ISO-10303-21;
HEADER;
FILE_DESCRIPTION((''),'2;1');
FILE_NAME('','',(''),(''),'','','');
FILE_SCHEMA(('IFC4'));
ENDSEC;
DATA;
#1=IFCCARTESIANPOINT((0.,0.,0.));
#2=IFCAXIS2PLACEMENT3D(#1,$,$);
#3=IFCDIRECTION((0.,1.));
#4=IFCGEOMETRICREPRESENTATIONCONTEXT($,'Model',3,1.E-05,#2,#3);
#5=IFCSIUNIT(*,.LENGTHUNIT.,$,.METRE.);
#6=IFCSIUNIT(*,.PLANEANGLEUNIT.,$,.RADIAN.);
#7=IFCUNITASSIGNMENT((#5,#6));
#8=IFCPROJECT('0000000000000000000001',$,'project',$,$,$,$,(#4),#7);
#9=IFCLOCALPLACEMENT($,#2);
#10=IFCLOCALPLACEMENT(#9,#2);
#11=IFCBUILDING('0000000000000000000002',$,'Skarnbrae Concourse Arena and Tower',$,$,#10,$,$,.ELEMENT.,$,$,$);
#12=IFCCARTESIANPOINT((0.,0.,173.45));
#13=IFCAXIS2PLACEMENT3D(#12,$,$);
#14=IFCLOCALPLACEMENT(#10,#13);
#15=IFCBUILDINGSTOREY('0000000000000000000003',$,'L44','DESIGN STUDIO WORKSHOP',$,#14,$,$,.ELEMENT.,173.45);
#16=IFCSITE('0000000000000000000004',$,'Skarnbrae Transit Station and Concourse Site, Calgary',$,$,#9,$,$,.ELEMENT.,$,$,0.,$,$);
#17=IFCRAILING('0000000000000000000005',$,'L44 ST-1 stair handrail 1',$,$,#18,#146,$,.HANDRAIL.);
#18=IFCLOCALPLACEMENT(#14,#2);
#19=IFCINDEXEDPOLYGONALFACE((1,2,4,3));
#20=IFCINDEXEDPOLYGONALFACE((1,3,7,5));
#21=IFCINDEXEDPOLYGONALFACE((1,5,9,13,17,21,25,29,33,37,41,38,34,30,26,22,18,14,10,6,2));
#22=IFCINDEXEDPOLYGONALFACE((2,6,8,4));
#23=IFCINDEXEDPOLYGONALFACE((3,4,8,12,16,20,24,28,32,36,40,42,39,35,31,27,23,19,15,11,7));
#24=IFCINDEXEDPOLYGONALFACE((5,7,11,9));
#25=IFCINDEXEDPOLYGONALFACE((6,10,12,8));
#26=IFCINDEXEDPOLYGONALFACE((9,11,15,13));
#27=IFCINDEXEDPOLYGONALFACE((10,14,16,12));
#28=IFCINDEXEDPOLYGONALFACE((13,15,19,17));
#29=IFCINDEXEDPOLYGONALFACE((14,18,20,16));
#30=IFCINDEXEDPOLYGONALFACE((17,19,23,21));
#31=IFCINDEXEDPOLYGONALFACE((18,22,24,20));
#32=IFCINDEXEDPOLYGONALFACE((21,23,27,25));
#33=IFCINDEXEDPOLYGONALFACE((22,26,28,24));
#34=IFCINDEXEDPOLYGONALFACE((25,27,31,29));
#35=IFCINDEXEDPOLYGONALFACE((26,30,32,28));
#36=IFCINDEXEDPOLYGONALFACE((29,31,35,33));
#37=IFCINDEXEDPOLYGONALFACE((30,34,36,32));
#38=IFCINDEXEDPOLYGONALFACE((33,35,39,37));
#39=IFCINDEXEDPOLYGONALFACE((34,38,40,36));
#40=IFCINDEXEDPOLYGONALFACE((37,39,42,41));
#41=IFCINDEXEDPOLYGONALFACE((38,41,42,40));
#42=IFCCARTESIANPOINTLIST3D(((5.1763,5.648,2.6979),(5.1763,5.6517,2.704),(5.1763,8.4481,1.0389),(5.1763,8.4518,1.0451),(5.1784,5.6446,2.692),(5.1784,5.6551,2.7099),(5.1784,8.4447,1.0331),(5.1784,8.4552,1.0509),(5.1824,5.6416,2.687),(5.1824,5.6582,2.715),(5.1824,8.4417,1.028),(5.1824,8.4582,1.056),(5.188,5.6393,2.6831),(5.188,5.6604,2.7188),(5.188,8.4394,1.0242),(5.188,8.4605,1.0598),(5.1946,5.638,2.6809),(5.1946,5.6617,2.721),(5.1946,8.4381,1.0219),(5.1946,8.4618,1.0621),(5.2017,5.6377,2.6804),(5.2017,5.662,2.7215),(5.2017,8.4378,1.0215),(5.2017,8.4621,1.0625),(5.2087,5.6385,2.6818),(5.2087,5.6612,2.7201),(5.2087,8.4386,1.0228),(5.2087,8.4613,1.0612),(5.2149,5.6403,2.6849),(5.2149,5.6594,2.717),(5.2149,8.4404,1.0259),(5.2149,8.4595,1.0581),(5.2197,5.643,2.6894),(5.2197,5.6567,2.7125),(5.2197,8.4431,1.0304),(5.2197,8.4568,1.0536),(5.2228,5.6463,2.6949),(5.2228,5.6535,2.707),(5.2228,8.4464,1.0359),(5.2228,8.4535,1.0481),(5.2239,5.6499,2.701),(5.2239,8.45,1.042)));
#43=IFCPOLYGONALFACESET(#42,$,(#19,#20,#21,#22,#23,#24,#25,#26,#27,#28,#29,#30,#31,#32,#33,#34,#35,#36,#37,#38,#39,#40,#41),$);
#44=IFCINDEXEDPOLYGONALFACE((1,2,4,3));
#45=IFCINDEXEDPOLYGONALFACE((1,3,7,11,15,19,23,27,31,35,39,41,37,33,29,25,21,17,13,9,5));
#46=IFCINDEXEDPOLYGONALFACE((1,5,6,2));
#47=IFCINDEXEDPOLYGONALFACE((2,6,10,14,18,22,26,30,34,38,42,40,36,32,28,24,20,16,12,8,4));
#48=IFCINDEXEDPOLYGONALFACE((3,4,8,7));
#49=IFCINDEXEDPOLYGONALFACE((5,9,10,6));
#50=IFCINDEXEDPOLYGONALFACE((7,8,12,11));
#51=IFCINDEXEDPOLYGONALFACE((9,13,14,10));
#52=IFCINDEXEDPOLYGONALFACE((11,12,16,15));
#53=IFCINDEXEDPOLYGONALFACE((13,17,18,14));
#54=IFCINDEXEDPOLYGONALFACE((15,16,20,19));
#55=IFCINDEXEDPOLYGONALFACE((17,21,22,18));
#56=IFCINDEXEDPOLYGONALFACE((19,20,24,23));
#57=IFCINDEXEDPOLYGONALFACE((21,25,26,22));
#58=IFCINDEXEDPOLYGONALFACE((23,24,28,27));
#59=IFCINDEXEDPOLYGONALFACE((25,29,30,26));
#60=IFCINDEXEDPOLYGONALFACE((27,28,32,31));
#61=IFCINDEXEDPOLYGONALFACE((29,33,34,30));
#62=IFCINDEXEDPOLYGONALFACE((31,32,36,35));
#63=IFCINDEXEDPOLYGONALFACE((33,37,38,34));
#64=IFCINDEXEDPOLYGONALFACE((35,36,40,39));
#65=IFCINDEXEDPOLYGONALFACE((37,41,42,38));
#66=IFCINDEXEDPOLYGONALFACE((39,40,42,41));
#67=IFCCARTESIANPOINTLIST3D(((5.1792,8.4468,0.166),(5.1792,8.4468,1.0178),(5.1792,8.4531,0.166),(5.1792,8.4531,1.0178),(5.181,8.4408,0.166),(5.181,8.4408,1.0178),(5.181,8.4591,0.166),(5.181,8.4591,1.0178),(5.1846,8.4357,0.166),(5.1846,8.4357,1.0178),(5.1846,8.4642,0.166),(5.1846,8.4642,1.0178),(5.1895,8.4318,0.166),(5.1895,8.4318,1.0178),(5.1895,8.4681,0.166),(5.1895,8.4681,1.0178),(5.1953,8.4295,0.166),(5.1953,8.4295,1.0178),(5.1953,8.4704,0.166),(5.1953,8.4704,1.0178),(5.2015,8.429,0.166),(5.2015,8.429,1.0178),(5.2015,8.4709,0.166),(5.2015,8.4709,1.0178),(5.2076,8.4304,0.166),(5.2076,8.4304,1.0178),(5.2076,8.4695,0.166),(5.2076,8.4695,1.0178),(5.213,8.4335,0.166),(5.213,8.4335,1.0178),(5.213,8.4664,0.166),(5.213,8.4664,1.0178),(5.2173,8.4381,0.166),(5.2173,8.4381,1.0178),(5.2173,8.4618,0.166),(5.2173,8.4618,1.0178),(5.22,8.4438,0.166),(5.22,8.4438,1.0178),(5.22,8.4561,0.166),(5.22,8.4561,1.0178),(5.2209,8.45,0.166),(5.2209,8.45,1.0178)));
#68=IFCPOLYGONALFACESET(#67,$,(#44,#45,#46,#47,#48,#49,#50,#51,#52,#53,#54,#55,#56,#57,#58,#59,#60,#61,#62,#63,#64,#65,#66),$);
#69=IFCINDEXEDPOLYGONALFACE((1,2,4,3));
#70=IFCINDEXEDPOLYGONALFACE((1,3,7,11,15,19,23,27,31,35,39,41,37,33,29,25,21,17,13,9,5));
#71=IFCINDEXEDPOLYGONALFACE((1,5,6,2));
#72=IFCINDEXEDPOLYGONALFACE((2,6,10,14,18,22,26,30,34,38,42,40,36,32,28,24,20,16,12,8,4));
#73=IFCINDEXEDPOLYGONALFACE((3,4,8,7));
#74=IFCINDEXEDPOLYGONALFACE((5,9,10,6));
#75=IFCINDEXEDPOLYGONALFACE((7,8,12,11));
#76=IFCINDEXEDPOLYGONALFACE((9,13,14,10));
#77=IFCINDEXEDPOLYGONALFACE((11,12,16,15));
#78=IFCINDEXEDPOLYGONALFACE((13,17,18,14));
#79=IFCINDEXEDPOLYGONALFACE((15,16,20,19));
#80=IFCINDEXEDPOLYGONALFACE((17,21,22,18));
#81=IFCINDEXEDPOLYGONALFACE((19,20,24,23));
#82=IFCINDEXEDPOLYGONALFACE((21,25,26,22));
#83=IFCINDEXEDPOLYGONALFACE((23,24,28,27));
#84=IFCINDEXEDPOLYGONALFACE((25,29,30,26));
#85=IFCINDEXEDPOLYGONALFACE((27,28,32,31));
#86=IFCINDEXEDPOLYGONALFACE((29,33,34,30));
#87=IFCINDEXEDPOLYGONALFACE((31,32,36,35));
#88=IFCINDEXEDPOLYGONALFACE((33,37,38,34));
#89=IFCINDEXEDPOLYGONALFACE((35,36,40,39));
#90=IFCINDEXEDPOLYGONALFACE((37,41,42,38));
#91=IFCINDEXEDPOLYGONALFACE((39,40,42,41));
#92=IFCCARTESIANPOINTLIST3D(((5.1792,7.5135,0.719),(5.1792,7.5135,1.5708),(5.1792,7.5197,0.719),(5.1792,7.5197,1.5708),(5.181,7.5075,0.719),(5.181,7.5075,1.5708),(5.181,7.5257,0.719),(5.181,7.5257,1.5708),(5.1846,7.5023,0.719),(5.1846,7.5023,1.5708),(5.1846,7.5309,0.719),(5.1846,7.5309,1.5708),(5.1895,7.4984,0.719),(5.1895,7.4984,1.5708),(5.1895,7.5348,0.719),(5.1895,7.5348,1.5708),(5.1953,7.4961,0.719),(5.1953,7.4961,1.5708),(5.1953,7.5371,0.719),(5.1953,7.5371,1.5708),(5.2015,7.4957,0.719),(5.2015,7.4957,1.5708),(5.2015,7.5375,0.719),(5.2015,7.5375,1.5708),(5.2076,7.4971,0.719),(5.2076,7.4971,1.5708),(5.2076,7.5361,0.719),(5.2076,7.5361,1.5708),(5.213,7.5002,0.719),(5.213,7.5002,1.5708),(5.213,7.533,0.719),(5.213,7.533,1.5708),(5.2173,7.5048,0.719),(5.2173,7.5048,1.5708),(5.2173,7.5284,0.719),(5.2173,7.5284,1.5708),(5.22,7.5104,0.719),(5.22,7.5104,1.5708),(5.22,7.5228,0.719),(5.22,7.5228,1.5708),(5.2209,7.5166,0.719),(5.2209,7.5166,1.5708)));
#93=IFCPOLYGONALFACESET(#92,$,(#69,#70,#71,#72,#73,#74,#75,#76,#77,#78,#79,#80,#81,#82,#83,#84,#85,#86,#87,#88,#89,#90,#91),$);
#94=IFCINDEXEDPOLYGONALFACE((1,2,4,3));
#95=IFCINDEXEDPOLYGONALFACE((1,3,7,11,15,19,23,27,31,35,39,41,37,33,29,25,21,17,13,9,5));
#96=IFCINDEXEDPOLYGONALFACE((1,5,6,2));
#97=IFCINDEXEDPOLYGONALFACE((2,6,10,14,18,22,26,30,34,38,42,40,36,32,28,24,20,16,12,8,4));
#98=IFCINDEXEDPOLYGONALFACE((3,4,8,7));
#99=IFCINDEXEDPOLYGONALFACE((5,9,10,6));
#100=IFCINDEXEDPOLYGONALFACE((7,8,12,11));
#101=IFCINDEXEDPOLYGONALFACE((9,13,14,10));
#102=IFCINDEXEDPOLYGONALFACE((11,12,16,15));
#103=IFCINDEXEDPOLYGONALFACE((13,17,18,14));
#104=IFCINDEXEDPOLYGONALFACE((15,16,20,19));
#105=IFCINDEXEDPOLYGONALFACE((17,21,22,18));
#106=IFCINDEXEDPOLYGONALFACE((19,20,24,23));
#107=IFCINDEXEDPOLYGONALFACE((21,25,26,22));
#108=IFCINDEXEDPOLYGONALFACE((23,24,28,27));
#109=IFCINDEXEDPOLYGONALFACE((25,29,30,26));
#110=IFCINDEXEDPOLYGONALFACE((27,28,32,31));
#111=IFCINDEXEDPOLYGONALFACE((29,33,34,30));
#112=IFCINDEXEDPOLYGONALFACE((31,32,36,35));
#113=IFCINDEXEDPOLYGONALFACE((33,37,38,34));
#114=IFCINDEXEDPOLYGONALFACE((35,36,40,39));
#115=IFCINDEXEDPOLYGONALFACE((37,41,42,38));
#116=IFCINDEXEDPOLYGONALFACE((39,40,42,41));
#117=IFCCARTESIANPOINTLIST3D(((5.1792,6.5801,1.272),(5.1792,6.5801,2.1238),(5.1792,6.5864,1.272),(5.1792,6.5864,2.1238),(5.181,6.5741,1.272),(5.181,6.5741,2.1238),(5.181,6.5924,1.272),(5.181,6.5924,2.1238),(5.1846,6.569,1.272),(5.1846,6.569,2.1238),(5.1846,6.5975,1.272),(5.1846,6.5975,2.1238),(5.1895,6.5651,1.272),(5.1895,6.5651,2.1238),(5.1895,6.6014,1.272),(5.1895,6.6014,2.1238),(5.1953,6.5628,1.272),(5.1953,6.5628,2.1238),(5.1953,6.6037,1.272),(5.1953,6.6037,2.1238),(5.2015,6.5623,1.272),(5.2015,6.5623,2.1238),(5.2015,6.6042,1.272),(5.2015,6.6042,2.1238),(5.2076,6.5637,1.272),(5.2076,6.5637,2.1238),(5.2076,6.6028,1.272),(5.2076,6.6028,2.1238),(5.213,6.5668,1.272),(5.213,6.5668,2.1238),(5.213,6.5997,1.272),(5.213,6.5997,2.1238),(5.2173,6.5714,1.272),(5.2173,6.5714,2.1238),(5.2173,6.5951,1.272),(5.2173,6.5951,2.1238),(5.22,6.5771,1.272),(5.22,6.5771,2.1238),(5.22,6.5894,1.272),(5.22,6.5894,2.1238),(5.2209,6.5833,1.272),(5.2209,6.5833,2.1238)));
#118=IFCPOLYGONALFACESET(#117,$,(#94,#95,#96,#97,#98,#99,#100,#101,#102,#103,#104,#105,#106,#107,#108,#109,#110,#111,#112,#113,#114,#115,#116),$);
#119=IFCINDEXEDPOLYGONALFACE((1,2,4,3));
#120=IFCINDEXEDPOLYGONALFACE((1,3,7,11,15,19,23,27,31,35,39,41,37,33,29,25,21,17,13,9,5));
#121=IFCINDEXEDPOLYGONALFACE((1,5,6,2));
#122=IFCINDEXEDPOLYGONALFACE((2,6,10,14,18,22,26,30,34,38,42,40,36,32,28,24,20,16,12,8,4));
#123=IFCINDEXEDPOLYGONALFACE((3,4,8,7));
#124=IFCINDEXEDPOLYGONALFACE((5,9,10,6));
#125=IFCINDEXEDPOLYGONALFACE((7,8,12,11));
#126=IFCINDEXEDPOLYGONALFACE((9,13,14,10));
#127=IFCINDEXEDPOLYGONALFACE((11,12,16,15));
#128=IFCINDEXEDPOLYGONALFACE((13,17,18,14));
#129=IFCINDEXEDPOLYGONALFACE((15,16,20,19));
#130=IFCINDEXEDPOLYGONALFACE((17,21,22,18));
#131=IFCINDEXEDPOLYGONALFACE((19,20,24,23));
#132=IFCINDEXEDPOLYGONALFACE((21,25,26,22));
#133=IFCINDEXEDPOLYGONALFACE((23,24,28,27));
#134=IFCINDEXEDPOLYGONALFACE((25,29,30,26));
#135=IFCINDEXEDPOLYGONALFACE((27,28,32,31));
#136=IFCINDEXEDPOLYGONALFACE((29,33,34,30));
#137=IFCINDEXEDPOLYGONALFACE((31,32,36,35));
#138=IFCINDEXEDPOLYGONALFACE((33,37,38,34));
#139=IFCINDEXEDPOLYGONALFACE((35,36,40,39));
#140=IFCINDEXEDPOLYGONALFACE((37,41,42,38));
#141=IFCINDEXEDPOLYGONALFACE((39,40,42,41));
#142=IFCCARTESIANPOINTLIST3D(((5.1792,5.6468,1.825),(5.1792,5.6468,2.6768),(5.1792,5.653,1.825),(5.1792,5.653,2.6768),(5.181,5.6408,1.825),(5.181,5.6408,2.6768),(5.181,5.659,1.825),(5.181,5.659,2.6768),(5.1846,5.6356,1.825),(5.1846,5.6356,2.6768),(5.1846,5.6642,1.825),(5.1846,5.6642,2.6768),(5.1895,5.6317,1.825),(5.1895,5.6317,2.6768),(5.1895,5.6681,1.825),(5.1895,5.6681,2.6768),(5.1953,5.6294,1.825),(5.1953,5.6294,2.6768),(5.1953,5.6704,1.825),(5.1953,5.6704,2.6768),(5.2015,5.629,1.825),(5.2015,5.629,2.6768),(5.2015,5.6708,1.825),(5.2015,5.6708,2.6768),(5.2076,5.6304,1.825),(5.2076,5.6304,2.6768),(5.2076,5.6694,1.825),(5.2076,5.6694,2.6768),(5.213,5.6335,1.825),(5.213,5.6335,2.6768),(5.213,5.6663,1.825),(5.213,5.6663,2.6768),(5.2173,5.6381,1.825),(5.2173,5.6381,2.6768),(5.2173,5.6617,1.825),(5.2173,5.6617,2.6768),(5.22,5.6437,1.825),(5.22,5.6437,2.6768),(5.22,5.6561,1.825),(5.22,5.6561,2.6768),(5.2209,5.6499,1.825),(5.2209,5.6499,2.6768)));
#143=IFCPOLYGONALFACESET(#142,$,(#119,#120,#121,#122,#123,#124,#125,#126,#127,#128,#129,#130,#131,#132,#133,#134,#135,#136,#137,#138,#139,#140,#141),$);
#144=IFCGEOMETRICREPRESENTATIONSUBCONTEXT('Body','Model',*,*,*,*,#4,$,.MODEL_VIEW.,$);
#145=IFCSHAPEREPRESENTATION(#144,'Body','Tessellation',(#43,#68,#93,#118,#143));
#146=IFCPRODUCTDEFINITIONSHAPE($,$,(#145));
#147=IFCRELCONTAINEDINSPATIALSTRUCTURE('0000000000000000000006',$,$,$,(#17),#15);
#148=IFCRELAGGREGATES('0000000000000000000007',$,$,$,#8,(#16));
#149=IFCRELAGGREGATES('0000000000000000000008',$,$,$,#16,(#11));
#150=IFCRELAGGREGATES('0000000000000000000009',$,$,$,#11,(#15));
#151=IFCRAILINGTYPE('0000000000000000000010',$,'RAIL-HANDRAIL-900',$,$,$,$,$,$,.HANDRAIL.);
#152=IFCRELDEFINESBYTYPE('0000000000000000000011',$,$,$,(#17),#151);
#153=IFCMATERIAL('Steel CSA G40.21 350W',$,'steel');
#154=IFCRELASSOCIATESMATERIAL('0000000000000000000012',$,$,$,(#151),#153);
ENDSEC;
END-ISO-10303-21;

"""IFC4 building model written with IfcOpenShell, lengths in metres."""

from ifc_helpers import new_model, si_unit, direction, frame, origin, origin_2d, place, context, subcontext, project, spatial, circle, extrude, material, type_object, element, save


model = new_model("IFC4")

# Units and contexts
model_context = context("Model", 3, precision=1e-05, world=origin(), true_north=direction((0.0, 1.0)))
body_context = subcontext(model_context, "Body", "Model", "MODEL_VIEW")
ifc_project = project(units=[si_unit("LENGTHUNIT", "METRE"), si_unit("PLANEANGLEUNIT", "RADIAN")], contexts=[model_context])

# Site, building, storey
site_placement = place(None, origin())
site = spatial("IfcSite", under=ifc_project, at=site_placement, Name="Skarnbrae Transit Station and Concourse Site, Calgary", CompositionType="ELEMENT", RefElevation=0.0)
building_placement = place(site_placement, origin())
building = spatial("IfcBuilding", under=site, at=building_placement, Name="Skarnbrae Concourse Arena and Tower", CompositionType="ELEMENT")
storey_placement = place(building_placement, frame((0.0, 0.0, 173.45)))
storey = spatial("IfcBuildingStorey", under=building, at=storey_placement, Name="L44", Description="DESIGN STUDIO WORKSHOP", CompositionType="ELEMENT", Elevation=173.45)

# Shared definitions
ifc_material_1 = material(Name="Steel CSA G40.21 350W", Category="steel")

# Railing
railing_type_1 = type_object("IfcRailingType", Name="RAIL-HANDRAIL-900", PredefinedType="HANDRAIL", material=ifc_material_1)
railing_1_placement = place(storey_placement, frame((5.2, 8.45, 0.166)))
element("IfcRailing", 1, at=railing_1_placement, inside=storey, type_object=railing_type_1, Name="L44 ST-1 stair handrail 1", PredefinedType="HANDRAIL", context=body_context, shape_type="SweptSolid", body=[
    extrude(circle(Radius=0.0239, at=origin_2d()), frame((0.0, 0.0, 0.876), z_axis=(0.0, -0.860339, 0.509722), x_axis=(1.0, 0.0, 0.0)), (0.0, 0.0, 1.0), 3.2546),
    extrude(circle(Radius=0.021, at=origin_2d()), origin(), (0.0, 0.0, 1.0), 0.8518),
    extrude(circle(Radius=0.021, at=origin_2d()), frame((0.0, -0.9333, 0.553)), (0.0, 0.0, 1.0), 0.8518),
    extrude(circle(Radius=0.021, at=origin_2d()), frame((0.0, -1.8667, 1.106)), (0.0, 0.0, 1.0), 0.8518),
    extrude(circle(Radius=0.021, at=origin_2d()), frame((0.0, -2.8, 1.6589)), (0.0, 0.0, 1.0), 0.8518),
])

save(model, "model.ifc")
